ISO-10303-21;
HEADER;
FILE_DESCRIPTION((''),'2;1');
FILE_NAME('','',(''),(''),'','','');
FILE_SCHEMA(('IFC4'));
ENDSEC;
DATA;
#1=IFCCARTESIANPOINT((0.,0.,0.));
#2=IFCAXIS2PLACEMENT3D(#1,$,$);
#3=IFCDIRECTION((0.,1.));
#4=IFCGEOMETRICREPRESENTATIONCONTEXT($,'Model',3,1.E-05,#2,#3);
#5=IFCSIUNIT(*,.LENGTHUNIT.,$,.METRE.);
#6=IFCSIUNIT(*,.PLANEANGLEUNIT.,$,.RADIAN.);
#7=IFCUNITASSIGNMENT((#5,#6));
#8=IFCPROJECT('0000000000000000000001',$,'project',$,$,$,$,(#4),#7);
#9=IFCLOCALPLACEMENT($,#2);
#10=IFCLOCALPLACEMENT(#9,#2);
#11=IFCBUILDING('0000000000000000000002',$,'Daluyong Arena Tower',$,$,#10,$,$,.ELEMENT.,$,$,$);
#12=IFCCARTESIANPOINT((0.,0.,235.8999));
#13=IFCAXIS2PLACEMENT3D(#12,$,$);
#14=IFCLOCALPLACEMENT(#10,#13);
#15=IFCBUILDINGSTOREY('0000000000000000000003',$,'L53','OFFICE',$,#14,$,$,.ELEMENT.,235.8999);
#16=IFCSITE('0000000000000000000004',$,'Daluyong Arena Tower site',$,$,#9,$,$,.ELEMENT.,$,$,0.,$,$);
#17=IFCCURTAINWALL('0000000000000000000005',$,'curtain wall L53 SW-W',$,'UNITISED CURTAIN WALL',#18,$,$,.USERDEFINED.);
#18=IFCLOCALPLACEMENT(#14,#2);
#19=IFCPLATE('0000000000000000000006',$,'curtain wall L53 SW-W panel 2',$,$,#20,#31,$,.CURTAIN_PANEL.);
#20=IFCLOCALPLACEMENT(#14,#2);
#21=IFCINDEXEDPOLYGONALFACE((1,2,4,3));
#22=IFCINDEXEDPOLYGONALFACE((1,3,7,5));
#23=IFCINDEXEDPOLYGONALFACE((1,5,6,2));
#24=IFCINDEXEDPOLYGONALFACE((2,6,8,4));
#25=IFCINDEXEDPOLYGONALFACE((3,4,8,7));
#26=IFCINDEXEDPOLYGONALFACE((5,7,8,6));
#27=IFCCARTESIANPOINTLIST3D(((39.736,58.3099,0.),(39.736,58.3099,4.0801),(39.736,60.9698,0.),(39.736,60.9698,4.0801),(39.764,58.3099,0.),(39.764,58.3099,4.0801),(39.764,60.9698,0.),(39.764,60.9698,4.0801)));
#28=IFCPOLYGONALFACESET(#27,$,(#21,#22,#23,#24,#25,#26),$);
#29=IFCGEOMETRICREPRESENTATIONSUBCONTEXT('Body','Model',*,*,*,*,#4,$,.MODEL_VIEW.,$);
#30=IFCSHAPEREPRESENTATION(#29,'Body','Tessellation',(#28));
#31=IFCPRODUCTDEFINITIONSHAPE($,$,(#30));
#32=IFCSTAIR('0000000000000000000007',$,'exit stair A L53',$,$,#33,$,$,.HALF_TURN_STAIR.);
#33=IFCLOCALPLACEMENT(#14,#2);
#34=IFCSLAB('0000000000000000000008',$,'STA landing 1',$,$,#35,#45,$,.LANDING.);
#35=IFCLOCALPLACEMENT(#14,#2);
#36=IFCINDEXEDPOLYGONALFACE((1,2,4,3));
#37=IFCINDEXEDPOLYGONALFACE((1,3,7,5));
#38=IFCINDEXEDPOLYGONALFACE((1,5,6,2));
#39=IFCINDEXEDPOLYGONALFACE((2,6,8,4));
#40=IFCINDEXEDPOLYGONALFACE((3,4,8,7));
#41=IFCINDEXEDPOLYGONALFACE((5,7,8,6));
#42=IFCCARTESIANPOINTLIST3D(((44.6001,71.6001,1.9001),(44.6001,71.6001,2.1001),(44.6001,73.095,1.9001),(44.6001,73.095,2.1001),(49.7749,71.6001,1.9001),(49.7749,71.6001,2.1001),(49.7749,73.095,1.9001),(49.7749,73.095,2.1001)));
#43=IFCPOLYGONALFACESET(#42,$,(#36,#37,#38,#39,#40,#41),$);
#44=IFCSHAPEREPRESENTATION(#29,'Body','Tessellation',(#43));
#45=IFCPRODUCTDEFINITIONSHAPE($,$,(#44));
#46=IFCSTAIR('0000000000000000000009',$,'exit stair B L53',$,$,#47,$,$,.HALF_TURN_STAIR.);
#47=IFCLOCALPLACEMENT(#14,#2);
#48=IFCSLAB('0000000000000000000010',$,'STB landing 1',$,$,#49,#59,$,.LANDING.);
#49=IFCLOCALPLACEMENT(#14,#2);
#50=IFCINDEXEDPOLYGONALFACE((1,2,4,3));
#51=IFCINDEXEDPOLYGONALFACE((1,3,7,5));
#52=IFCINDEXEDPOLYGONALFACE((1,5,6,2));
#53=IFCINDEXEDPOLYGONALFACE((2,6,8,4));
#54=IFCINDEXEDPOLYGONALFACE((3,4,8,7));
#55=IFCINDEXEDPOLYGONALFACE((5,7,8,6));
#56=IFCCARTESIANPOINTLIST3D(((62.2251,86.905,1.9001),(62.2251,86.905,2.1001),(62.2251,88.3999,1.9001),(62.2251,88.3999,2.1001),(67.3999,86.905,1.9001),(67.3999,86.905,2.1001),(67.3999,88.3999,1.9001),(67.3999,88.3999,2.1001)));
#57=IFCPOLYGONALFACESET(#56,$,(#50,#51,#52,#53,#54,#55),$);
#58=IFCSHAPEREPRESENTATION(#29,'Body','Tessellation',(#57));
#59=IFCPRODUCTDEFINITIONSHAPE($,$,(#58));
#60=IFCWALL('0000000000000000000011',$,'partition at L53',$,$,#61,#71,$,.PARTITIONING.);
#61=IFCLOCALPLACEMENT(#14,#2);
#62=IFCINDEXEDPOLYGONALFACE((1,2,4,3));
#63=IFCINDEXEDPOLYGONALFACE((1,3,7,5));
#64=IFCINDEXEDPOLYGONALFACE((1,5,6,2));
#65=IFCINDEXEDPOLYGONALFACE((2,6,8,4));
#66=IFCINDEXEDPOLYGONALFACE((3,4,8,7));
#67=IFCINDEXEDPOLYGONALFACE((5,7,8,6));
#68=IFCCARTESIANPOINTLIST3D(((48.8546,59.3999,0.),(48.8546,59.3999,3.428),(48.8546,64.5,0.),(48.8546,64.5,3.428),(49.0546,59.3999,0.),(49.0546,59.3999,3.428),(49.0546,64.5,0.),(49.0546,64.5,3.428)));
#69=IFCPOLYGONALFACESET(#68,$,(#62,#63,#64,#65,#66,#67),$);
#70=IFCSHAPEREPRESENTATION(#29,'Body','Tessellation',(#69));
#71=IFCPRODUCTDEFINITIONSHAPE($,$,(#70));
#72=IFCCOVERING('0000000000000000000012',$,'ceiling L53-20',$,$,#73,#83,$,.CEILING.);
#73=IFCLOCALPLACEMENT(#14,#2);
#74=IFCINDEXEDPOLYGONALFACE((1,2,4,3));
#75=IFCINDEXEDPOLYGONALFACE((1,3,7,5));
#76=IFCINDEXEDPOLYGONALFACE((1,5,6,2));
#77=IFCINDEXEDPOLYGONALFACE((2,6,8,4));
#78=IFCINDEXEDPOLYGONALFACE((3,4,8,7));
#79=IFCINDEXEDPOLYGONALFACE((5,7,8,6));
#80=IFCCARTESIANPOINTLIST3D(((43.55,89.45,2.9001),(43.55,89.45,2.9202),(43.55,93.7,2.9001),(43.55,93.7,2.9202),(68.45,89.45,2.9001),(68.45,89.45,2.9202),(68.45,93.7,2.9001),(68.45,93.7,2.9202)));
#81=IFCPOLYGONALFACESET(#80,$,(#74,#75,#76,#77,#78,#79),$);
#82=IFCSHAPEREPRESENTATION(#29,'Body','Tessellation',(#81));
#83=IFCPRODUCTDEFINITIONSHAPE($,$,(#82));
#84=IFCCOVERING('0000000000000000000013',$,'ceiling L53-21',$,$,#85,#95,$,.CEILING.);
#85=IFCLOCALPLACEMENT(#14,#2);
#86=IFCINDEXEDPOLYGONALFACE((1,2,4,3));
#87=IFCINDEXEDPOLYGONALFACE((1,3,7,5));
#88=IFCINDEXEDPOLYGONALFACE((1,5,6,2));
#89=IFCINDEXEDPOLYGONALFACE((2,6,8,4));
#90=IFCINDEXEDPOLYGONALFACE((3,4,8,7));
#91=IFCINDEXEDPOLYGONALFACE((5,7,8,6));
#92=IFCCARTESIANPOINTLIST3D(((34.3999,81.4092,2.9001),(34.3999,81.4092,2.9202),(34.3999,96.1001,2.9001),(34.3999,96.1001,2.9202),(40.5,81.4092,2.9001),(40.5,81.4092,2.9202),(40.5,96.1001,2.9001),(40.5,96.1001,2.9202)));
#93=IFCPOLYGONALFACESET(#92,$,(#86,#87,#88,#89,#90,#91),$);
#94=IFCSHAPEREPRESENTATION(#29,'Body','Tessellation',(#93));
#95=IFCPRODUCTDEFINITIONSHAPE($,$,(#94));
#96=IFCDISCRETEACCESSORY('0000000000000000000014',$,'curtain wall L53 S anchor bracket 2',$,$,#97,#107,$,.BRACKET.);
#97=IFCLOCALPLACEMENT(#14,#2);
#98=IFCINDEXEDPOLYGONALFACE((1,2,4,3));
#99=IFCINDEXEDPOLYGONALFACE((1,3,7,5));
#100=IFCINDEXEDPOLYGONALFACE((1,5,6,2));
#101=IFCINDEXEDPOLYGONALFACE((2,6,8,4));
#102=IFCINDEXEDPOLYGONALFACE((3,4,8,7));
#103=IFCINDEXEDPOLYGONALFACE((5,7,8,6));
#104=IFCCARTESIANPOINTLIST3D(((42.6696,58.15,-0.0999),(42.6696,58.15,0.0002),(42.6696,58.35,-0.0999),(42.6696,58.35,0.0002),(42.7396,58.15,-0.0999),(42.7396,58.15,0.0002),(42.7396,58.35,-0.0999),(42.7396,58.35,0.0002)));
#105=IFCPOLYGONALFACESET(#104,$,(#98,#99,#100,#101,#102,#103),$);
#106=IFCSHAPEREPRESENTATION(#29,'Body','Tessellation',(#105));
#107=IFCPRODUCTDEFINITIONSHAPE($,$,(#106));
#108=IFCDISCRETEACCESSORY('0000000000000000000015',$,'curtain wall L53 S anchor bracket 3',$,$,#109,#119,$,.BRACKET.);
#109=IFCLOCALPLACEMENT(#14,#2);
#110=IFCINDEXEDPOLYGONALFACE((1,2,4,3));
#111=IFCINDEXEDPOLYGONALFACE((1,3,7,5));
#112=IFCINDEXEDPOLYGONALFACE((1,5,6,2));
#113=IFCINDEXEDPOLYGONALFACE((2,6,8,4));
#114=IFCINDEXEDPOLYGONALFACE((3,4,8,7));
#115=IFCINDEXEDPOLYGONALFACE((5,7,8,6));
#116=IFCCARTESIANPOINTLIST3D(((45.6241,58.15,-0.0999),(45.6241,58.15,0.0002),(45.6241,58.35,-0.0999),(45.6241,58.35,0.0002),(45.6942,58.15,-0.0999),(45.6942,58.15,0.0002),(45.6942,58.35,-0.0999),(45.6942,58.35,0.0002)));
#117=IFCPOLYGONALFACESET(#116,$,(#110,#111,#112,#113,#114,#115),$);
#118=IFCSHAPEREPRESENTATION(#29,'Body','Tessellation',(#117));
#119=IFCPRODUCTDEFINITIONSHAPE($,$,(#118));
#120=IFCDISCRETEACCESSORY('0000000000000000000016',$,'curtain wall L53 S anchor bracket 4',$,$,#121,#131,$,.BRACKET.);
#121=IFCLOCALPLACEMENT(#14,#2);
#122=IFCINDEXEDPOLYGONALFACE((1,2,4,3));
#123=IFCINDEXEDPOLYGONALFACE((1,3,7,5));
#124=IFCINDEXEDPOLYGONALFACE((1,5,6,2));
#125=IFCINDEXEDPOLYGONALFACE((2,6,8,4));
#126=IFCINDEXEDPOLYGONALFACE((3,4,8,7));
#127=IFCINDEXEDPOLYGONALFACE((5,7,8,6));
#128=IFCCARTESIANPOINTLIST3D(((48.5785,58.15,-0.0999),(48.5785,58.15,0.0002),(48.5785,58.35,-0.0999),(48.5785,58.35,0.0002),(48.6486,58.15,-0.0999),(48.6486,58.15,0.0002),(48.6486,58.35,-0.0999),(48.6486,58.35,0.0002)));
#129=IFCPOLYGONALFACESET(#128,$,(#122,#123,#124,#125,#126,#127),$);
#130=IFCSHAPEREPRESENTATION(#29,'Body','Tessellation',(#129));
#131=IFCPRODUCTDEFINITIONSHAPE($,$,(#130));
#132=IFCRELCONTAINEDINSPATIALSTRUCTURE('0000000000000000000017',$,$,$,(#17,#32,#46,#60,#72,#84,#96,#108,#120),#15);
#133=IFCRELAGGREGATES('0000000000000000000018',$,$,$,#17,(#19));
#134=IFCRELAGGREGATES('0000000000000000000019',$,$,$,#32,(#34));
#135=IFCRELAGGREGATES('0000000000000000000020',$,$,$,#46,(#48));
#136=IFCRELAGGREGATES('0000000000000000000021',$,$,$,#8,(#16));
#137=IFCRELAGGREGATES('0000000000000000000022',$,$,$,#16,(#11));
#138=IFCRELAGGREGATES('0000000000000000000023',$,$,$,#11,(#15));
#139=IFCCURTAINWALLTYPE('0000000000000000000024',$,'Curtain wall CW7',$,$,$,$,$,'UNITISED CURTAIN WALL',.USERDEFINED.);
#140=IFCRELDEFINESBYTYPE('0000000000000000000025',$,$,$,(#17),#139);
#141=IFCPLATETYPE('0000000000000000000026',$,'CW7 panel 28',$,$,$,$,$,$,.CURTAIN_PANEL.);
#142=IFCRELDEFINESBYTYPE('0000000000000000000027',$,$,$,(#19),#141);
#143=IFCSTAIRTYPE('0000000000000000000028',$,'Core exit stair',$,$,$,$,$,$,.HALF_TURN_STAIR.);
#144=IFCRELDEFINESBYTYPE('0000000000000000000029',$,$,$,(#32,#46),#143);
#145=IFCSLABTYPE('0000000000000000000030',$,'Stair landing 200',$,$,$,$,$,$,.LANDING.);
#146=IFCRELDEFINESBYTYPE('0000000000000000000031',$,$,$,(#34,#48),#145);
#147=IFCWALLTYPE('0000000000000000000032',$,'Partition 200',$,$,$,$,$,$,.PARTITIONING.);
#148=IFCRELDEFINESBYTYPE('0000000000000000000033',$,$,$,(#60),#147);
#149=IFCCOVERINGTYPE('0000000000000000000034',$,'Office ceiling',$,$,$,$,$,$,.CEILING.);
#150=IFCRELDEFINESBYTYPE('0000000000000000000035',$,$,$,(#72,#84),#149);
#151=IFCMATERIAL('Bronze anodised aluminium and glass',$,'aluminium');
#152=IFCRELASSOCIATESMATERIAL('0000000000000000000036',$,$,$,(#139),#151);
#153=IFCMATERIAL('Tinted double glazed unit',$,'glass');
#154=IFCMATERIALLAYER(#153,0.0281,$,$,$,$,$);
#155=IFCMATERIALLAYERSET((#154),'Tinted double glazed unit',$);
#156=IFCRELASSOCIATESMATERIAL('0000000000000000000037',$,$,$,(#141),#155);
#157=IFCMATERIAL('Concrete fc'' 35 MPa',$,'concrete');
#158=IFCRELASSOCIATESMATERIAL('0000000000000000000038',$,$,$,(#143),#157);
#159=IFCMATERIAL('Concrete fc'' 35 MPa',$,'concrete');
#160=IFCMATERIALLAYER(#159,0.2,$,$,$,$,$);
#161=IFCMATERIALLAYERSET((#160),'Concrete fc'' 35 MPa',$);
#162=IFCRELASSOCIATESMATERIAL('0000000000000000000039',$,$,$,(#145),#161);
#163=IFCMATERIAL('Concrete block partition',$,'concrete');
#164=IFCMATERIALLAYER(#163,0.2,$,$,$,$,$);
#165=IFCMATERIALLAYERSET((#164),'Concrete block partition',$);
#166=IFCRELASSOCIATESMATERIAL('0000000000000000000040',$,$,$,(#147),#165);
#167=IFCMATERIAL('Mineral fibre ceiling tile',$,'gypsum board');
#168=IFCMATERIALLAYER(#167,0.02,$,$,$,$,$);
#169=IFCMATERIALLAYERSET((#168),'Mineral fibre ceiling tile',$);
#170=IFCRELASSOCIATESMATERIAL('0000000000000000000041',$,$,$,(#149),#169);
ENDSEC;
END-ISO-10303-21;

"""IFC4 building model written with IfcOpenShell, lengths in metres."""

from ifc_helpers import new_model, si_unit, direction, frame, frame_2d, origin, origin_2d, place, context, subcontext, project, spatial, polyline, rectangle, outline, extrude, material, layer, layer_set, type_object, element, aggregate, save


model = new_model("IFC4")

# Units and contexts
model_context = context("Model", 3, precision=1e-05, world=origin(), true_north=direction((0.0, 1.0)))
body_context = subcontext(model_context, "Body", "Model", "MODEL_VIEW")
ifc_project = project(units=[si_unit("LENGTHUNIT", "METRE"), si_unit("PLANEANGLEUNIT", "RADIAN")], contexts=[model_context])

# Site, building, storey
site_placement = place(None, origin())
site = spatial("IfcSite", under=ifc_project, at=site_placement, Name="Daluyong Arena Tower site", CompositionType="ELEMENT", RefElevation=0.0)
building_placement = place(site_placement, origin())
building = spatial("IfcBuilding", under=site, at=building_placement, Name="Daluyong Arena Tower", CompositionType="ELEMENT")
storey_placement = place(building_placement, frame((0.0, 0.0, 235.8999)))
storey = spatial("IfcBuildingStorey", under=building, at=storey_placement, Name="L53", Description="OFFICE", CompositionType="ELEMENT", Elevation=235.8999)

# Curtain wall
ifc_material_1 = material(Name="Bronze anodised aluminium and glass", Category="aluminium")
curtain_wall_type_1 = type_object("IfcCurtainWallType", Name="Curtain wall CW7", ElementType="UNITISED CURTAIN WALL", PredefinedType="USERDEFINED", material=ifc_material_1)
curtain_wall_1_placement = place(storey_placement, origin())
curtain_wall_1 = element("IfcCurtainWall", 1, at=curtain_wall_1_placement, inside=storey, type_object=curtain_wall_type_1, Name="curtain wall L53 SW-W", ObjectType="UNITISED CURTAIN WALL", PredefinedType="USERDEFINED")

# Plate
ifc_material_2 = material(Name="Tinted double glazed unit", Category="glass")
ifc_layer_1 = layer(ifc_material_2, 0.0281)
ifc_layer_set_1 = layer_set([ifc_layer_1], Name="Tinted double glazed unit")
plate_type_1 = type_object("IfcPlateType", Name="CW7 panel 28", PredefinedType="CURTAIN_PANEL", material=ifc_layer_set_1)
plate_1_placement = place(storey_placement, frame((39.75, 59.6399, 0.0), z_axis=(0.0, 0.0, 1.0), x_axis=(0.0, -1.0, 0.0)))
plate_1 = element("IfcPlate", 2, at=plate_1_placement, type_object=plate_type_1, Name="curtain wall L53 SW-W panel 2", PredefinedType="CURTAIN_PANEL", context=body_context, shape_type="SweptSolid", body=[
    extrude(rectangle(XDim=2.6599, YDim=0.0281, at=origin_2d()), origin(), (0.0, 0.0, 1.0), 4.0801),
])
aggregate(curtain_wall_1, [plate_1])

# Stairs, slabs
ifc_material_3 = material(Name="Concrete fc' 35 MPa", Category="concrete")
stair_type = type_object("IfcStairType", Name="Core exit stair", PredefinedType="HALF_TURN_STAIR", material=ifc_material_3)
stair_1_placement = place(storey_placement, origin())
stair_1 = element("IfcStair", 3, at=stair_1_placement, inside=storey, type_object=stair_type, Name="exit stair A L53", PredefinedType="HALF_TURN_STAIR")
ifc_material_4 = material(Name="Concrete fc' 35 MPa", Category="concrete")
ifc_layer_2 = layer(ifc_material_4, 0.2)
ifc_layer_set_2 = layer_set([ifc_layer_2], Name="Concrete fc' 35 MPa")
slab_type = type_object("IfcSlabType", Name="Stair landing 200", PredefinedType="LANDING", material=ifc_layer_set_2)
slab_1_placement = place(storey_placement, frame((0.0, 0.0, 1.9001)))
slab_1 = element("IfcSlab", 4, at=slab_1_placement, type_object=slab_type, Name="STA landing 1", PredefinedType="LANDING", context=body_context, shape_type="SweptSolid", body=[
    extrude(outline(polyline([(44.6001, 71.6001), (49.7749, 71.6001), (49.7749, 73.095), (44.6001, 73.095), (44.6001, 71.6001)])), origin(), (0.0, 0.0, 1.0), 0.2),
])
aggregate(stair_1, [slab_1])
stair_2_placement = place(storey_placement, origin())
stair_2 = element("IfcStair", 5, at=stair_2_placement, inside=storey, type_object=stair_type, Name="exit stair B L53", PredefinedType="HALF_TURN_STAIR")
slab_2_placement = place(storey_placement, frame((0.0, 0.0, 1.9001)))
slab_2 = element("IfcSlab", 6, at=slab_2_placement, type_object=slab_type, Name="STB landing 1", PredefinedType="LANDING", context=body_context, shape_type="SweptSolid", body=[
    extrude(outline(polyline([(62.2251, 86.905), (67.3999, 86.905), (67.3999, 88.3999), (62.2251, 88.3999), (62.2251, 86.905)])), origin(), (0.0, 0.0, 1.0), 0.2),
])
aggregate(stair_2, [slab_2])

# Wall
ifc_material_5 = material(Name="Concrete block partition", Category="concrete")
ifc_layer_3 = layer(ifc_material_5, 0.2)
ifc_layer_set_3 = layer_set([ifc_layer_3], Name="Concrete block partition")
wall_type = type_object("IfcWallType", Name="Partition 200", PredefinedType="PARTITIONING", material=ifc_layer_set_3)
wall_placement = place(storey_placement, frame((48.9546, 59.3999, 0.0), z_axis=(0.0, 0.0, 1.0), x_axis=(0.0, 1.0, 0.0)))
element("IfcWall", 7, at=wall_placement, inside=storey, type_object=wall_type, Name="partition at L53", PredefinedType="PARTITIONING", context=body_context, shape_type="SweptSolid", body=[
    extrude(rectangle(XDim=5.1001, YDim=0.2, at=frame_2d((2.55, 0.0))), origin(), (0.0, 0.0, 1.0), 3.428),
])

# Coverings
ifc_material_6 = material(Name="Mineral fibre ceiling tile", Category="gypsum board")
ifc_layer_4 = layer(ifc_material_6, 0.02)
ifc_layer_set_4 = layer_set([ifc_layer_4], Name="Mineral fibre ceiling tile")
covering_type = type_object("IfcCoveringType", Name="Office ceiling", PredefinedType="CEILING", material=ifc_layer_set_4)
covering_1_placement = place(storey_placement, frame((0.0, 0.0, 2.9001)))
element("IfcCovering", 8, at=covering_1_placement, inside=storey, type_object=covering_type, Name="ceiling L53-20", PredefinedType="CEILING", context=body_context, shape_type="SweptSolid", body=[
    extrude(outline(polyline([(43.55, 89.45), (68.45, 89.45), (68.45, 93.7), (43.55, 93.7), (43.55, 89.45)])), origin(), (0.0, 0.0, 1.0), 0.02),
])
covering_2_placement = place(storey_placement, frame((0.0, 0.0, 2.9001)))
element("IfcCovering", 9, at=covering_2_placement, inside=storey, type_object=covering_type, Name="ceiling L53-21", PredefinedType="CEILING", context=body_context, shape_type="SweptSolid", body=[
    extrude(outline(polyline([(40.5, 81.4092), (40.5, 96.1001), (34.3999, 96.1001), (34.3999, 81.4092), (40.5, 81.4092)])), origin(), (0.0, 0.0, 1.0), 0.02),
])

# Discrete accessories
for number, where, z_axis, x_axis, name in (
    (10, (42.7046, 58.25, -0.0999), (0.0, 0.0, 1.0), (1.0, 0.0, 0.0), "curtain wall L53 S anchor bracket 2"),
    (11, (45.6592, 58.25, -0.0999), (0.0, 0.0, 1.0), (1.0, 0.0, 0.0), "curtain wall L53 S anchor bracket 3"),
    (12, (48.6135, 58.25, -0.0999), (0.0, 0.0, 1.0), (1.0, 0.0, 0.0), "curtain wall L53 S anchor bracket 4"),
):
    element("IfcDiscreteAccessory", number, at=place(storey_placement, frame(where, z_axis=z_axis, x_axis=x_axis)), inside=storey, Name=name, PredefinedType="BRACKET", context=body_context, shape_type="SweptSolid", body=[
        extrude(rectangle(XDim=0.0701, YDim=0.2, at=origin_2d()), origin(), (0.0, 0.0, 1.0), 0.1001),
    ])

save(model, "model.ifc")
